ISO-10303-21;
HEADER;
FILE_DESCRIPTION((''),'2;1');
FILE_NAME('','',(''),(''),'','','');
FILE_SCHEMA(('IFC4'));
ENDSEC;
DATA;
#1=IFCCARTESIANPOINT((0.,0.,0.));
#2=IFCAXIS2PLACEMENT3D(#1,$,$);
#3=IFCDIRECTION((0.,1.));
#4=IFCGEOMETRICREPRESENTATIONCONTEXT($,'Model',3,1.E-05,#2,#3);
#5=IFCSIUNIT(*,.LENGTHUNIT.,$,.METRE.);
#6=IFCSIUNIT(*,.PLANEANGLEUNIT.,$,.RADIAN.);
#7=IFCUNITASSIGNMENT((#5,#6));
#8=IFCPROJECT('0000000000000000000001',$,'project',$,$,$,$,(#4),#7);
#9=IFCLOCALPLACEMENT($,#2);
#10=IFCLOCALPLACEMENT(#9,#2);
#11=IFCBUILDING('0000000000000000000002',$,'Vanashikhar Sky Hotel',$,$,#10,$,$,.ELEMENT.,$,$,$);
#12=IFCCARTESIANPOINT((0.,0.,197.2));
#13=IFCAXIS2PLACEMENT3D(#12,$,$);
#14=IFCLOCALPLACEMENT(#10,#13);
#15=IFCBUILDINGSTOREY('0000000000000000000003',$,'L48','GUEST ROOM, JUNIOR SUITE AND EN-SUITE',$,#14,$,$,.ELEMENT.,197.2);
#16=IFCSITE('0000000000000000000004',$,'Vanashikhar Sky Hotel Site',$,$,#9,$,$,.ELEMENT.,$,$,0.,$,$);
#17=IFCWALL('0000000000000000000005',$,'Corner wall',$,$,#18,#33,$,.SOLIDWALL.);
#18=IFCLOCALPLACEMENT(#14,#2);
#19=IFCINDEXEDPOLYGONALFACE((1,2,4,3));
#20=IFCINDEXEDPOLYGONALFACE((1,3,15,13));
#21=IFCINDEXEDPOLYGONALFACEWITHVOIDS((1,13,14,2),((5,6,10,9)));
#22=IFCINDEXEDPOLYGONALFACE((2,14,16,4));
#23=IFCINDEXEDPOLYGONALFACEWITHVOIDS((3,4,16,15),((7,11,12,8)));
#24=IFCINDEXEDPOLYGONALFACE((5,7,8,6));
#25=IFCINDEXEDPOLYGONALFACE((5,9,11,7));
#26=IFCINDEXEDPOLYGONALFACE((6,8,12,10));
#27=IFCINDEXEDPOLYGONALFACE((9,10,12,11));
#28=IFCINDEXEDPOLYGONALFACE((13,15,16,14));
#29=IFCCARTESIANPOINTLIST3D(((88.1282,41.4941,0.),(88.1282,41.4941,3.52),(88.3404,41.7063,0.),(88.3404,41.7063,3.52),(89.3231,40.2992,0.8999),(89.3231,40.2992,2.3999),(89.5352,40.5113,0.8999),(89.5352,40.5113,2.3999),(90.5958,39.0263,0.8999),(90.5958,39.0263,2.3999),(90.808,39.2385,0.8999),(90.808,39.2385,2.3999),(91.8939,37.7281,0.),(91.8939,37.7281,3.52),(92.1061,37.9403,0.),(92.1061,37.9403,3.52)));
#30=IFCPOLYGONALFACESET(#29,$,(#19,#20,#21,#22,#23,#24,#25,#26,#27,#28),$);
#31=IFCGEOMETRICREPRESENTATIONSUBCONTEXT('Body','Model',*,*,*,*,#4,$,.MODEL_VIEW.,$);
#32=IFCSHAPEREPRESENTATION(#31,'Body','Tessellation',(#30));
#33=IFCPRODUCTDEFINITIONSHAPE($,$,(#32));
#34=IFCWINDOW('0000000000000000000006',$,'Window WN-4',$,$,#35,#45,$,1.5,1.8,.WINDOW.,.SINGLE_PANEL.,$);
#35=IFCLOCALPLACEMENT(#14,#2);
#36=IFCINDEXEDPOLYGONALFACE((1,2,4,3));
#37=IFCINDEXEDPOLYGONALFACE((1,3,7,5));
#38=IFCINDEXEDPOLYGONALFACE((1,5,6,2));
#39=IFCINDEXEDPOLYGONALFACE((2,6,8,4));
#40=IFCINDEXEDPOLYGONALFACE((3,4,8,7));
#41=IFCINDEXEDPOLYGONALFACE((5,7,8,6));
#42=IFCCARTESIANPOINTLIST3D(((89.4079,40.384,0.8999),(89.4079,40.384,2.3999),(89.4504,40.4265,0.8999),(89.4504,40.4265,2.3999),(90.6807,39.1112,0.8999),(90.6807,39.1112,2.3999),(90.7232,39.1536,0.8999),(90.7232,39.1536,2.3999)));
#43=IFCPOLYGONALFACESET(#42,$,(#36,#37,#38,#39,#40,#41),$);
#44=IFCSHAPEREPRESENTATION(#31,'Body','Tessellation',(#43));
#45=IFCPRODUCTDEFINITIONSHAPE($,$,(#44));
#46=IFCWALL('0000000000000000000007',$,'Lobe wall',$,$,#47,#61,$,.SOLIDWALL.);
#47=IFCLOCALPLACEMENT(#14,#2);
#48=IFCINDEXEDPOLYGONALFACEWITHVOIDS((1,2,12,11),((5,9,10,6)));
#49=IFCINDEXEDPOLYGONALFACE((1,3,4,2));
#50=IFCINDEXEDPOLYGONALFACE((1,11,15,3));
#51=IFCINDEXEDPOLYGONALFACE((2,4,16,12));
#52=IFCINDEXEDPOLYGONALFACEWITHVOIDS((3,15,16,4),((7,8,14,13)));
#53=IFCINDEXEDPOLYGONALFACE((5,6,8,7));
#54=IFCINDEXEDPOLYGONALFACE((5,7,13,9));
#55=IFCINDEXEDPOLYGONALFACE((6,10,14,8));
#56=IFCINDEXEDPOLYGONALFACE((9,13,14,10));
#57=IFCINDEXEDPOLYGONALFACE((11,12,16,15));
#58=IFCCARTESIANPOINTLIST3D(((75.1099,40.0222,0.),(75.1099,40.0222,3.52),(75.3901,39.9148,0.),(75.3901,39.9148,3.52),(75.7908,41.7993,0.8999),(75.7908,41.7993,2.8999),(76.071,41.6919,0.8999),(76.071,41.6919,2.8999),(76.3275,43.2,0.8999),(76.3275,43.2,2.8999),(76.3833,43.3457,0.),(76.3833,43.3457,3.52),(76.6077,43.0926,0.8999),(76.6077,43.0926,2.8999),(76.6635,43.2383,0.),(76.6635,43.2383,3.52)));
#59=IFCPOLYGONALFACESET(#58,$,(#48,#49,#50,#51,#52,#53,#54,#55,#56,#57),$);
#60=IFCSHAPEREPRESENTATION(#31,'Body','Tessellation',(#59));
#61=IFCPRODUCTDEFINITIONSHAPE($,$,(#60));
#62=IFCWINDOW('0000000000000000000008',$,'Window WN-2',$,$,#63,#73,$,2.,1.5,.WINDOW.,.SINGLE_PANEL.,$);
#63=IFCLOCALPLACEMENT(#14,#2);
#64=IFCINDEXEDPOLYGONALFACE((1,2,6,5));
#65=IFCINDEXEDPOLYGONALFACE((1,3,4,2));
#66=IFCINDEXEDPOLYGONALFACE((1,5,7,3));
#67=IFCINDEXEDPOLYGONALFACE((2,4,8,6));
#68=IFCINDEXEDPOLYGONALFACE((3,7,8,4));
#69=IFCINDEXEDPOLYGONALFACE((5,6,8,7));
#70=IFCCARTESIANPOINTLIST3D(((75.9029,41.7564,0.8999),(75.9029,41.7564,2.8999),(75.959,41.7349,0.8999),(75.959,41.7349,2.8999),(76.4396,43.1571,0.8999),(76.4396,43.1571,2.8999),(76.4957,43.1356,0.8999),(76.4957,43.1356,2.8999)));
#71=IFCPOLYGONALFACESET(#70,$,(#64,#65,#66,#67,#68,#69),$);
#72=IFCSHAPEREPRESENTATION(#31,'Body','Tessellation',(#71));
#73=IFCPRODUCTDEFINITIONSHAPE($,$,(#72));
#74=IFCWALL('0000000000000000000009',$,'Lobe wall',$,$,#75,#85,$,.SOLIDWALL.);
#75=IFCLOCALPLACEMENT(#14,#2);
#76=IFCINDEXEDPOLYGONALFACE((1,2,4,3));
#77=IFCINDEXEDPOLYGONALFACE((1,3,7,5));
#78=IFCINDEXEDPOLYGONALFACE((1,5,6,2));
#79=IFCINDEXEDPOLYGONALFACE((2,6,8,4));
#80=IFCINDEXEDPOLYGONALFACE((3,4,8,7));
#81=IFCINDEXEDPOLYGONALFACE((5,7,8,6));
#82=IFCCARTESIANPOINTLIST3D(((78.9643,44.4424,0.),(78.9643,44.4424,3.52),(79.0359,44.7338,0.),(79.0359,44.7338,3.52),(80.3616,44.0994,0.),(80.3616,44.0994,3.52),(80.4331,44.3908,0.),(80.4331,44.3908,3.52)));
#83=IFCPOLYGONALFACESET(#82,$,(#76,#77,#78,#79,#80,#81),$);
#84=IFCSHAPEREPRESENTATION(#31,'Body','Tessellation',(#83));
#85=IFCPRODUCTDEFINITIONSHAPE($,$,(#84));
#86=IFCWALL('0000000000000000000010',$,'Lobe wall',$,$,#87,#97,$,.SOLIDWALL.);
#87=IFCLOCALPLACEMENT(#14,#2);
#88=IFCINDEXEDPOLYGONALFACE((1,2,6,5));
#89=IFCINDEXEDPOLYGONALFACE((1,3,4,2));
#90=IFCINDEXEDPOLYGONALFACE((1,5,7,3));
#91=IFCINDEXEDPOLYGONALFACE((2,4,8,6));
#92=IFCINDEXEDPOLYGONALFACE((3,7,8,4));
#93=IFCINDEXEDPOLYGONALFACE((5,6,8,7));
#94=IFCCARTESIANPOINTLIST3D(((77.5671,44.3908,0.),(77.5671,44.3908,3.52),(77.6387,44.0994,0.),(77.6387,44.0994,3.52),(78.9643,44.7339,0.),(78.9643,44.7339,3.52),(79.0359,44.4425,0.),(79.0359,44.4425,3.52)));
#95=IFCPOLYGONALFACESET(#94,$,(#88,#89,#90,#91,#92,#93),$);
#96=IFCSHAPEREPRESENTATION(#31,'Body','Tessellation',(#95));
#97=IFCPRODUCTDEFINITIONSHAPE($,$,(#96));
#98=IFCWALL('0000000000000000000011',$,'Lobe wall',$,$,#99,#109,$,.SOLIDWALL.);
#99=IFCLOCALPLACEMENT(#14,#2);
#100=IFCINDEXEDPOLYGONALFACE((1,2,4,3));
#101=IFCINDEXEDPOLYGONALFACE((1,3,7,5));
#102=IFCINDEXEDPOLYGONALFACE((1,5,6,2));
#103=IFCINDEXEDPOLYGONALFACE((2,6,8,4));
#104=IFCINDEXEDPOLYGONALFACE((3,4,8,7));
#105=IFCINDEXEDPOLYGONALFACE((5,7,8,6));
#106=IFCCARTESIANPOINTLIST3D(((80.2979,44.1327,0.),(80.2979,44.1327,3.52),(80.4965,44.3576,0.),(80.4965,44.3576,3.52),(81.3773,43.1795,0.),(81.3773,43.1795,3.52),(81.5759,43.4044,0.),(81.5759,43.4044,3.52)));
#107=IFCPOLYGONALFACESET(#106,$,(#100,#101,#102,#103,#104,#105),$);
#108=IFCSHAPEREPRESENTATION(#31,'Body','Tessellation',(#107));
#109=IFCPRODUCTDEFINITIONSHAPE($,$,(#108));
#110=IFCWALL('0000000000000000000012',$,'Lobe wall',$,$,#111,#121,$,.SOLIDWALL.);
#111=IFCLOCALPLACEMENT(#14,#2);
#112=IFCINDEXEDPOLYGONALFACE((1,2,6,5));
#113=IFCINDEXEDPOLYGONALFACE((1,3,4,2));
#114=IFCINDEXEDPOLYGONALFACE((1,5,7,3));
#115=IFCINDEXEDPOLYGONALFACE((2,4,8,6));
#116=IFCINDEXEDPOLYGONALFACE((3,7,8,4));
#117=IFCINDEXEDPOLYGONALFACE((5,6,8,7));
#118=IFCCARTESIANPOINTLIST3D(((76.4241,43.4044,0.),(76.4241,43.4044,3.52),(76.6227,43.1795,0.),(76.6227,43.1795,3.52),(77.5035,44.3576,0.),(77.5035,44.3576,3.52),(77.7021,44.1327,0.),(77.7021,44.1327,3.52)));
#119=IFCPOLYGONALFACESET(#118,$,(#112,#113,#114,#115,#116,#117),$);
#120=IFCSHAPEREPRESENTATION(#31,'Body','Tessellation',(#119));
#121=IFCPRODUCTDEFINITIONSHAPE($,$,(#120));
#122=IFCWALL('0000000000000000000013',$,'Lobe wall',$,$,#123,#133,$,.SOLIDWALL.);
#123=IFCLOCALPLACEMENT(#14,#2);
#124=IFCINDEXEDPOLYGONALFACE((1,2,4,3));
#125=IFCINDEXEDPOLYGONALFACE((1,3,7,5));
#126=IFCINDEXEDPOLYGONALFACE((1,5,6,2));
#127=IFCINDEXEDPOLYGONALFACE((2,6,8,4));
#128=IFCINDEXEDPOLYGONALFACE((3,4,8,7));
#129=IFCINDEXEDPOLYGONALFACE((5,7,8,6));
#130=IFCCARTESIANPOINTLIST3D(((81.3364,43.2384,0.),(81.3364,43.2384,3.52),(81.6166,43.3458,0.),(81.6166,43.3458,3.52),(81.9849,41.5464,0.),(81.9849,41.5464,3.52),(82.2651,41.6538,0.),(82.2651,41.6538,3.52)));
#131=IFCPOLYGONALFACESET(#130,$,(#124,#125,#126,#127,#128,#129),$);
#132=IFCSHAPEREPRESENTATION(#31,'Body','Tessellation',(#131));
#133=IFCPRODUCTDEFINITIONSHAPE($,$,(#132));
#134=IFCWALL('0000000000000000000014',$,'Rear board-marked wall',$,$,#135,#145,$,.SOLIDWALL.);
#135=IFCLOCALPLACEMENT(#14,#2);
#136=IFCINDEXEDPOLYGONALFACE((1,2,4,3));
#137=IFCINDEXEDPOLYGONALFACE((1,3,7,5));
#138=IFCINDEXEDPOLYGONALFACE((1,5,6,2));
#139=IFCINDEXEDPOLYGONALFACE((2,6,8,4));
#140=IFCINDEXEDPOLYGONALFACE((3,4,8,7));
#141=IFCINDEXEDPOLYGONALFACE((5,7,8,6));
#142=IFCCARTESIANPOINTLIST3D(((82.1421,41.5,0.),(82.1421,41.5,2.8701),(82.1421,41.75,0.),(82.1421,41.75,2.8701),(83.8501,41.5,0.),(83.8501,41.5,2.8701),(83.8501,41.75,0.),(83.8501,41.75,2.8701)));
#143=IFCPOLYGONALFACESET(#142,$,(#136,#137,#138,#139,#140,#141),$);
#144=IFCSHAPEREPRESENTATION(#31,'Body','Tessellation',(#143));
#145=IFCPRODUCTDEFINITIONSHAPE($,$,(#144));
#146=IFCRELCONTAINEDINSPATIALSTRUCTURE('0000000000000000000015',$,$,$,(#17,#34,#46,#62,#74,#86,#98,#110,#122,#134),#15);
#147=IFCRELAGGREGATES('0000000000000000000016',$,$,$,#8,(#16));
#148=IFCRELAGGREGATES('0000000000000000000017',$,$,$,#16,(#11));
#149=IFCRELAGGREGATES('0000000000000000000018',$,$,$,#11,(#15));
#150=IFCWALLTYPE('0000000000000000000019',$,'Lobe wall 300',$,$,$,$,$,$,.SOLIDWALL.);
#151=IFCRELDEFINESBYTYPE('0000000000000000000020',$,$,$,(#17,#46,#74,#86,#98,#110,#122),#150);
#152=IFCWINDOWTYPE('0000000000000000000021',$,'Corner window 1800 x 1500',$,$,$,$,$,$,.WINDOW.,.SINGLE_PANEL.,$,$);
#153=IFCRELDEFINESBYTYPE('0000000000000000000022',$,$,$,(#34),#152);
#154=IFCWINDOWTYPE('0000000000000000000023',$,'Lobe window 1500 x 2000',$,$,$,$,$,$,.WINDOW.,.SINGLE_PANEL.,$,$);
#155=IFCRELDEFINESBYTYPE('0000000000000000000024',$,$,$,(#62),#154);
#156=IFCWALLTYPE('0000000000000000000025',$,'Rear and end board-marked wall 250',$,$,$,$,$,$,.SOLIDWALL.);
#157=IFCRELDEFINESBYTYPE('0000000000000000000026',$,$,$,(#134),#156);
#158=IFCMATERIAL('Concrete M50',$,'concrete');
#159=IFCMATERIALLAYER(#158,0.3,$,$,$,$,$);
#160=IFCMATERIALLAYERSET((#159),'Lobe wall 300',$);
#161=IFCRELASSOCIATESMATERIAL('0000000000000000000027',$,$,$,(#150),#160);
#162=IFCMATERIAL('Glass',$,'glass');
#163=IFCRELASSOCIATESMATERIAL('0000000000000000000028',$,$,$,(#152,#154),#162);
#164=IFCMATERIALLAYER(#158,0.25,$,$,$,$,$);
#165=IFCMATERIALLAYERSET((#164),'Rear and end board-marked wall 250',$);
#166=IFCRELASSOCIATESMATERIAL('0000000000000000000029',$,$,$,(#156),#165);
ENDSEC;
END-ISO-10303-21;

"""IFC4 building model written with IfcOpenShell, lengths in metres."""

from ifc_helpers import new_model, si_unit, direction, frame, frame_2d, origin, place, context, subcontext, project, spatial, rectangle, extrude, source, transform, mapped, material, layer, layer_set, type_object, element, fill, save


model = new_model("IFC4")

# Units and contexts
model_context = context("Model", 3, precision=1e-05, world=origin(), true_north=direction((0.0, 1.0)))
body_context = subcontext(model_context, "Body", "Model", "MODEL_VIEW")
ifc_project = project(units=[si_unit("LENGTHUNIT", "METRE"), si_unit("PLANEANGLEUNIT", "RADIAN")], contexts=[model_context])

# Site, building, storey
site_placement = place(None, origin())
site = spatial("IfcSite", under=ifc_project, at=site_placement, Name="Vanashikhar Sky Hotel Site", CompositionType="ELEMENT", RefElevation=0.0)
building_placement = place(site_placement, origin())
building = spatial("IfcBuilding", under=site, at=building_placement, Name="Vanashikhar Sky Hotel", CompositionType="ELEMENT")
storey_placement = place(building_placement, frame((0.0, 0.0, 197.2)))
storey = spatial("IfcBuildingStorey", under=building, at=storey_placement, Name="L48", Description="GUEST ROOM, JUNIOR SUITE AND EN-SUITE", CompositionType="ELEMENT", Elevation=197.2)

# Walls, openings, windows
ifc_material_1 = material(Name="Concrete M50", Category="concrete")
ifc_layer_1 = layer(ifc_material_1, 0.3)
ifc_layer_set_1 = layer_set([ifc_layer_1], Name="Lobe wall 300")
wall_type_1 = type_object("IfcWallType", Name="Lobe wall 300", PredefinedType="SOLIDWALL", material=ifc_layer_set_1)
shared_shape_1 = source(origin(), body_context, "Body", "SweptSolid", [
    extrude(rectangle(XDim=5.3257, YDim=0.3, at=frame_2d((2.6628, 0.0))), origin(), (0.0, 0.0, 1.0), 3.52),
])
wall_1_placement = place(storey_placement, frame((92.0, 37.8342, 0.0), z_axis=(0.0, 0.0, 1.0), x_axis=(-0.707084, 0.70713, 0.0)))
wall_1 = element("IfcWall", 1, at=wall_1_placement, inside=storey, type_object=wall_type_1, Name="Corner wall", PredefinedType="SOLIDWALL", context=body_context, shape_type="MappedRepresentation", body=[
    mapped(shared_shape_1, transform((0.0, 0.0, 0.0), scale=1.0)),
])
shared_shape_2 = source(origin(), body_context, "Body", "SweptSolid", [
    extrude(rectangle(XDim=1.8, YDim=1.5, at=frame_2d((0.8999, 0.75))), frame((0.0, 0.1602, 0.0), z_axis=(0.0, -1.0, 0.0), x_axis=(1.0, 0.0, 0.0)), (0.0, 0.0, 1.0), 0.3201),
])
opening_1_placement = place(wall_1_placement, frame((1.8359, 0.0, 0.8999)))
opening_1 = element("IfcOpeningElement", 2, at=opening_1_placement, cuts=wall_1, PredefinedType="OPENING", context=body_context, shape_type="MappedRepresentation", body=[
    mapped(shared_shape_2, transform((0.0, 0.0, 0.0), scale=1.0)),
])
ifc_material_2 = material(Name="Glass", Category="glass")
window_type_1 = type_object("IfcWindowType", Name="Corner window 1800 x 1500", PartitioningType="SINGLE_PANEL", PredefinedType="WINDOW", material=ifc_material_2)
shared_shape_3 = source(origin(), body_context, "Body", "SweptSolid", [
    extrude(rectangle(XDim=1.8, YDim=1.5, at=frame_2d((0.8999, 0.75))), frame((0.0, 0.03, 0.0), z_axis=(0.0, -1.0, 0.0), x_axis=(1.0, 0.0, 0.0)), (0.0, 0.0, 1.0), 0.0601),
])
window_1_placement = place(opening_1_placement, origin())
window_1 = element("IfcWindow", 3, at=window_1_placement, inside=storey, type_object=window_type_1, Name="Window WN-4", OverallHeight=1.5, OverallWidth=1.8, PartitioningType="SINGLE_PANEL", PredefinedType="WINDOW", context=body_context, shape_type="MappedRepresentation", body=[
    mapped(shared_shape_3, transform((0.0, 0.0, 0.0), scale=1.0)),
])
fill(opening_1, window_1)
shared_shape_4 = source(origin(), body_context, "Body", "SweptSolid", [
    extrude(rectangle(XDim=3.5591, YDim=0.3, at=frame_2d((1.7795, 0.0))), origin(), (0.0, 0.0, 1.0), 3.52),
])
wall_2_placement = place(storey_placement, frame((76.5234, 43.292, 0.0), z_axis=(0.0, 0.0, 1.0), x_axis=(-0.357797, -0.933799, 0.0)))
wall_2 = element("IfcWall", 4, at=wall_2_placement, inside=storey, type_object=wall_type_1, Name="Lobe wall", PredefinedType="SOLIDWALL", context=body_context, shape_type="MappedRepresentation", body=[
    mapped(shared_shape_4, transform((0.0, 0.0, 0.0), scale=1.0)),
])
shared_shape_5 = source(origin(), body_context, "Body", "SweptSolid", [
    extrude(rectangle(XDim=1.5, YDim=2.0, at=frame_2d((0.75, 1.0))), frame((0.0, 0.1602, 0.0), z_axis=(0.0, -1.0, 0.0), x_axis=(1.0, 0.0, 0.0)), (0.0, 0.0, 1.0), 0.3201),
])
opening_2_placement = place(wall_2_placement, frame((0.156, 0.0, 0.8999)))
opening_2 = element("IfcOpeningElement", 5, at=opening_2_placement, cuts=wall_2, PredefinedType="OPENING", context=body_context, shape_type="MappedRepresentation", body=[
    mapped(shared_shape_5, transform((0.0, 0.0, 0.0), scale=1.0)),
])
window_type_2 = type_object("IfcWindowType", Name="Lobe window 1500 x 2000", PartitioningType="SINGLE_PANEL", PredefinedType="WINDOW", material=ifc_material_2)
shared_shape_6 = source(origin(), body_context, "Body", "SweptSolid", [
    extrude(rectangle(XDim=1.5, YDim=2.0, at=frame_2d((0.75, 1.0))), frame((0.0, 0.03, 0.0), z_axis=(0.0, -1.0, 0.0), x_axis=(1.0, 0.0, 0.0)), (0.0, 0.0, 1.0), 0.0601),
])
window_2_placement = place(opening_2_placement, origin())
window_2 = element("IfcWindow", 6, at=window_2_placement, inside=storey, type_object=window_type_2, Name="Window WN-2", OverallHeight=2.0, OverallWidth=1.5, PartitioningType="SINGLE_PANEL", PredefinedType="WINDOW", context=body_context, shape_type="MappedRepresentation", body=[
    mapped(shared_shape_6, transform((0.0, 0.0, 0.0), scale=1.0)),
])
fill(opening_2, window_2)

# Walls
shared_shape_7 = source(origin(), body_context, "Body", "SweptSolid", [
    extrude(rectangle(XDim=1.4387, YDim=0.3, at=frame_2d((0.7192, 0.0))), origin(), (0.0, 0.0, 1.0), 3.52),
])
for number, where, z_axis, x_axis, name in (
    (7, (80.3972, 44.2451, 0.0), (0.0, 0.0, 1.0), (-0.971162, 0.238421, 0.0), "Lobe wall"),
    (8, (79.0, 44.5881, 0.0), (0.0, 0.0, 1.0), (-0.971162, -0.238421, 0.0), "Lobe wall"),
):
    element("IfcWall", number, at=place(storey_placement, frame(where, z_axis=z_axis, x_axis=x_axis)), inside=storey, type_object=wall_type_1, Name=name, PredefinedType="SOLIDWALL", context=body_context, shape_type="MappedRepresentation", body=[
        mapped(shared_shape_7, transform((0.0, 0.0, 0.0), scale=1.0)),
    ])
shared_shape_8 = source(origin(), body_context, "Body", "SweptSolid", [
    extrude(rectangle(XDim=1.4399, YDim=0.3, at=frame_2d((0.72, 0.0))), origin(), (0.0, 0.0, 1.0), 3.52),
])
for number, where, z_axis, x_axis, name in (
    (9, (81.4766, 43.292, 0.0), (0.0, 0.0, 1.0), (-0.749576, 0.661919, 0.0), "Lobe wall"),
    (10, (77.6028, 44.2451, 0.0), (0.0, 0.0, 1.0), (-0.749576, -0.661919, 0.0), "Lobe wall"),
):
    element("IfcWall", number, at=place(storey_placement, frame(where, z_axis=z_axis, x_axis=x_axis)), inside=storey, type_object=wall_type_1, Name=name, PredefinedType="SOLIDWALL", context=body_context, shape_type="MappedRepresentation", body=[
        mapped(shared_shape_8, transform((0.0, 0.0, 0.0), scale=1.0)),
    ])
shared_shape_9 = source(origin(), body_context, "Body", "SweptSolid", [
    extrude(rectangle(XDim=1.812, YDim=0.3, at=frame_2d((0.906, 0.0))), origin(), (0.0, 0.0, 1.0), 3.52),
])
wall_3_placement = place(storey_placement, frame((82.125, 41.6001, 0.0), z_axis=(0.0, 0.0, 1.0), x_axis=(-0.357877, 0.933769, 0.0)))
element("IfcWall", 11, at=wall_3_placement, inside=storey, type_object=wall_type_1, Name="Lobe wall", PredefinedType="SOLIDWALL", context=body_context, shape_type="MappedRepresentation", body=[
    mapped(shared_shape_9, transform((0.0, 0.0, 0.0), scale=1.0)),
])
ifc_layer_2 = layer(ifc_material_1, 0.25)
ifc_layer_set_2 = layer_set([ifc_layer_2], Name="Rear and end board-marked wall 250")
wall_type_2 = type_object("IfcWallType", Name="Rear and end board-marked wall 250", PredefinedType="SOLIDWALL", material=ifc_layer_set_2)
shared_shape_10 = source(origin(), body_context, "Body", "SweptSolid", [
    extrude(rectangle(XDim=1.708, YDim=0.25, at=frame_2d((0.854, 0.0))), origin(), (0.0, 0.0, 1.0), 2.8701),
])
wall_4_placement = place(storey_placement, frame((83.8501, 41.625, 0.0), z_axis=(0.0, 0.0, 1.0), x_axis=(-1.0, 0.0, 0.0)))
element("IfcWall", 12, at=wall_4_placement, inside=storey, type_object=wall_type_2, Name="Rear board-marked wall", PredefinedType="SOLIDWALL", context=body_context, shape_type="MappedRepresentation", body=[
    mapped(shared_shape_10, transform((0.0, 0.0, 0.0), scale=1.0)),
])

save(model, "model.ifc")
